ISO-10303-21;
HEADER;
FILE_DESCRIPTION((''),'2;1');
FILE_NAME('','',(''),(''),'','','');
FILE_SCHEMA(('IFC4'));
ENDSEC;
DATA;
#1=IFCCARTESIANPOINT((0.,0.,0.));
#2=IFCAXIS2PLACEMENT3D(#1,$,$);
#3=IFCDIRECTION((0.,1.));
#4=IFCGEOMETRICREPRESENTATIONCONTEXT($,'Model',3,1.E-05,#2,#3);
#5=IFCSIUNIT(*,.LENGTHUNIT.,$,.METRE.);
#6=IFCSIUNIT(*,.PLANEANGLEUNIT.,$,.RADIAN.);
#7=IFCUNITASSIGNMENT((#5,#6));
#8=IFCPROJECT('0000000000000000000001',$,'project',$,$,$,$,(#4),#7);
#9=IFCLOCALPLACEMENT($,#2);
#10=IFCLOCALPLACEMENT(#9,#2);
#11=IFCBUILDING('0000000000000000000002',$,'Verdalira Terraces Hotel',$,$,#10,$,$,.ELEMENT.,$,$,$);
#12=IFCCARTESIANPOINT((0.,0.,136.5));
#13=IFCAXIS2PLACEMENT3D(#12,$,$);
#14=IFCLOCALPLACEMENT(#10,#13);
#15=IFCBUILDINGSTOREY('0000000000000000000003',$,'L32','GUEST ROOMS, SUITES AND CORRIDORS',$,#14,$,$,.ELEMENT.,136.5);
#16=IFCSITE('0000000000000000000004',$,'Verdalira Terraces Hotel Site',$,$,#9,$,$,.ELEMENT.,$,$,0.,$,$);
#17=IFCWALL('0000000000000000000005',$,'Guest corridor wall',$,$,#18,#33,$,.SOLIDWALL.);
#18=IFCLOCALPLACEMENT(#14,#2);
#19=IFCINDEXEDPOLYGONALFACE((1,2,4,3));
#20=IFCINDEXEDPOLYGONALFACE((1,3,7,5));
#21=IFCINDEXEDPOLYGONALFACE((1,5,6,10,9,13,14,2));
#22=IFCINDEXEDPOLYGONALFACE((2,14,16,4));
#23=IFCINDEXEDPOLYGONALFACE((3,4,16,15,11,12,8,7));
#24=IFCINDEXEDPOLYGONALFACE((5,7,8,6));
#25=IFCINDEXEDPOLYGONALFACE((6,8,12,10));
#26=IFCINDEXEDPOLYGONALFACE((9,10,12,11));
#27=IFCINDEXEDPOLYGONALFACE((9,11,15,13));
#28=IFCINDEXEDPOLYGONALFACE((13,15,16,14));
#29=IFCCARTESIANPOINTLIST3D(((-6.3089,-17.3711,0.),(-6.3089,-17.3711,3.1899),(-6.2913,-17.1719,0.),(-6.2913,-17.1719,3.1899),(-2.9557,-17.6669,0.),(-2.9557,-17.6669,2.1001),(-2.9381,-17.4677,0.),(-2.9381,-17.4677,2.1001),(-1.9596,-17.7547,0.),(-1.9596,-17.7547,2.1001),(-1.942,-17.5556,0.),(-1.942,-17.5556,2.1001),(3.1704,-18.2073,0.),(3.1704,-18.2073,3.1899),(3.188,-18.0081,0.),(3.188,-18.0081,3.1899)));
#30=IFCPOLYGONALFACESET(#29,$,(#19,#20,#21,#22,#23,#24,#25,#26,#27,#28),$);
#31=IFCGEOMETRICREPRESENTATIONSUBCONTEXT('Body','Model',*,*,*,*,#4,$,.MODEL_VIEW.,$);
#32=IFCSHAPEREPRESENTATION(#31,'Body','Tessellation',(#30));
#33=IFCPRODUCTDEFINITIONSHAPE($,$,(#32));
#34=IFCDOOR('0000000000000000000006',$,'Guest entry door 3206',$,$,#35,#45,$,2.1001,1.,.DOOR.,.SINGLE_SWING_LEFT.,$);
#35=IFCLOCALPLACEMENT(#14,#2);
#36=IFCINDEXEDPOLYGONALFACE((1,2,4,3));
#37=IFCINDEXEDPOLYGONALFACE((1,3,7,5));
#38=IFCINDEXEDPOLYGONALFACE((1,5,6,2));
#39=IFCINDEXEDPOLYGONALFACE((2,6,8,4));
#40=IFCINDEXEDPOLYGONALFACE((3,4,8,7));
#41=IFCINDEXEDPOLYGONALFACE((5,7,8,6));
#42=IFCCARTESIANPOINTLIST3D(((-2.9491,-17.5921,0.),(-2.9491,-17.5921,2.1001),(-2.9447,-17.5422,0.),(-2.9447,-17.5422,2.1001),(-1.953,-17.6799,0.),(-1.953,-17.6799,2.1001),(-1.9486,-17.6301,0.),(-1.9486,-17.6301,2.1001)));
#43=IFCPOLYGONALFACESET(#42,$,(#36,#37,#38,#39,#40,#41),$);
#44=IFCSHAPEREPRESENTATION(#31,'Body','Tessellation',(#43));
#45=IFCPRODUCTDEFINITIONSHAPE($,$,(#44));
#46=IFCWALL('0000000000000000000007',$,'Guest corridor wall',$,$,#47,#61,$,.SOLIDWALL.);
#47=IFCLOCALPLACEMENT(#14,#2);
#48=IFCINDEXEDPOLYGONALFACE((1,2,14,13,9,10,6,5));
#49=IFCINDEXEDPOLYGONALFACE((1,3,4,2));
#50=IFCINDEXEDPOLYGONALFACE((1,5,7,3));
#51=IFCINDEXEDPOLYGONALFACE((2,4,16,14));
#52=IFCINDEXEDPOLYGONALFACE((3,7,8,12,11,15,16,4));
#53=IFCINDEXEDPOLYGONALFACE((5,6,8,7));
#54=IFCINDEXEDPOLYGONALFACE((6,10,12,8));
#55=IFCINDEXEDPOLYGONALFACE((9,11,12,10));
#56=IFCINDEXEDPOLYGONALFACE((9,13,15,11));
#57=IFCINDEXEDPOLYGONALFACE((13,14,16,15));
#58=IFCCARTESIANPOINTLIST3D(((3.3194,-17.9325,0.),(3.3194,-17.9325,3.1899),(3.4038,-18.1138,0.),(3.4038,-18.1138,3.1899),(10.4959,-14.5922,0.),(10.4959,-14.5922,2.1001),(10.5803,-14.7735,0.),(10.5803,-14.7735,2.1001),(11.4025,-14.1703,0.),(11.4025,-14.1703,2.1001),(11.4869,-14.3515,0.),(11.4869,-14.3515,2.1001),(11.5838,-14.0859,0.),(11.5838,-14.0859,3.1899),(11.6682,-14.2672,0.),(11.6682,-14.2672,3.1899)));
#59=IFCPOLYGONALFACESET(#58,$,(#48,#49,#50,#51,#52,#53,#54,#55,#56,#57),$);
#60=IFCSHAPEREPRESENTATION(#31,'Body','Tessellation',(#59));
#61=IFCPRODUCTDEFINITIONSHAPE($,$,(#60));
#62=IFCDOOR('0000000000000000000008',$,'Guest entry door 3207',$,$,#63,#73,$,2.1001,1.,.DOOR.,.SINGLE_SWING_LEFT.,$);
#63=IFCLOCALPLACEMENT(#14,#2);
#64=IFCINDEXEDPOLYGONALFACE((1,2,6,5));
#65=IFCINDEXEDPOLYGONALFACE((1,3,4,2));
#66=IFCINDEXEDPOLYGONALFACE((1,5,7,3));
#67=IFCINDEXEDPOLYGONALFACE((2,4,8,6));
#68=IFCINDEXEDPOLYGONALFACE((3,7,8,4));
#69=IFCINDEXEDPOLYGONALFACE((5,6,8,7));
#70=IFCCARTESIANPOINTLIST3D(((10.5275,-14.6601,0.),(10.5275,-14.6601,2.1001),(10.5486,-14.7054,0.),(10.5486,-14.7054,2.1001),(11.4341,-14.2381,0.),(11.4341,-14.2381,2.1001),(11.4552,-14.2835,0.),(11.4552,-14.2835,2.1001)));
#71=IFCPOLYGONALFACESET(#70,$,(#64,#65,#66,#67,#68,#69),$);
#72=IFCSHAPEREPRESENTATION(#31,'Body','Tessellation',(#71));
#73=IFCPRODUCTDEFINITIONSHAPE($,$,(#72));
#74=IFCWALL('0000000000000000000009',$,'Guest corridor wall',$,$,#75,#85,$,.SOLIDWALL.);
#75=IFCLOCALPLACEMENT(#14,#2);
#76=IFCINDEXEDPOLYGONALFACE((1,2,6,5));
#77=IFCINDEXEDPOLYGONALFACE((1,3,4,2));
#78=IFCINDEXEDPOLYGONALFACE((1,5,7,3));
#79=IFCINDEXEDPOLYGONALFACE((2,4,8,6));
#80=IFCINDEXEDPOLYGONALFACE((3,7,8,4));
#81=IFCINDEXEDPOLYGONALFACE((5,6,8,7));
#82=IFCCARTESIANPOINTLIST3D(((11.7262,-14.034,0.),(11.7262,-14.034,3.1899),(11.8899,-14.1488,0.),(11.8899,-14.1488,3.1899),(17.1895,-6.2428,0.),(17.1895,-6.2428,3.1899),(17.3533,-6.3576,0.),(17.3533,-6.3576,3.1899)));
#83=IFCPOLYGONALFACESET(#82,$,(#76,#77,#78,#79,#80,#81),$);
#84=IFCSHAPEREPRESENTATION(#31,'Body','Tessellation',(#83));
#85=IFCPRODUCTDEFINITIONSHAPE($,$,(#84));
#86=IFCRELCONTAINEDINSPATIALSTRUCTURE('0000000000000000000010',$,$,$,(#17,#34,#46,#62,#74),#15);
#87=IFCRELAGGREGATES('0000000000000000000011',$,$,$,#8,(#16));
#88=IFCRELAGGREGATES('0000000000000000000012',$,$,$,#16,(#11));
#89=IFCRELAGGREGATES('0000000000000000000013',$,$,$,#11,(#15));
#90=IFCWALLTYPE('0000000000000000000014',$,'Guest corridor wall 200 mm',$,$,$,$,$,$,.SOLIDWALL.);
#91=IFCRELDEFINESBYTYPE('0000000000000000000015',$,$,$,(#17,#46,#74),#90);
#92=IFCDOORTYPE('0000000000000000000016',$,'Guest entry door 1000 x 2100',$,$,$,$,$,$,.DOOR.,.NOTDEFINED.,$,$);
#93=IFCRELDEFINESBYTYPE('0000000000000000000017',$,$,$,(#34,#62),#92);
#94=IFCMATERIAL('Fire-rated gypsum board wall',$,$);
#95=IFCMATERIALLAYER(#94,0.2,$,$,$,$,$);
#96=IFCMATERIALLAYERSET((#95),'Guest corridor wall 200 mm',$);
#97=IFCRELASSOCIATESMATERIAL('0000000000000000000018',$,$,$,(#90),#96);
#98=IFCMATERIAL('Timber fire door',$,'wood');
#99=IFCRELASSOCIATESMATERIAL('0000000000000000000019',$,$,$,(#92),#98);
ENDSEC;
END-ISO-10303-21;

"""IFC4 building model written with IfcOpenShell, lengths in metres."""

from ifc_helpers import new_model, si_unit, direction, frame, frame_2d, origin, place, context, subcontext, project, spatial, rectangle, extrude, material, layer, layer_set, type_object, element, fill, save


model = new_model("IFC4")

# Units and contexts
model_context = context("Model", 3, precision=1e-05, world=origin(), true_north=direction((0.0, 1.0)))
body_context = subcontext(model_context, "Body", "Model", "MODEL_VIEW")
ifc_project = project(units=[si_unit("LENGTHUNIT", "METRE"), si_unit("PLANEANGLEUNIT", "RADIAN")], contexts=[model_context])

# Site, building, storey
site_placement = place(None, origin())
site = spatial("IfcSite", under=ifc_project, at=site_placement, Name="Verdalira Terraces Hotel Site", CompositionType="ELEMENT", RefElevation=0.0)
building_placement = place(site_placement, origin())
building = spatial("IfcBuilding", under=site, at=building_placement, Name="Verdalira Terraces Hotel", CompositionType="ELEMENT")
storey_placement = place(building_placement, frame((0.0, 0.0, 136.5)))
storey = spatial("IfcBuildingStorey", under=building, at=storey_placement, Name="L32", Description="GUEST ROOMS, SUITES AND CORRIDORS", CompositionType="ELEMENT", Elevation=136.5)

# Walls, openings, doors
ifc_material_1 = material(Name="Fire-rated gypsum board wall")
ifc_layer_1 = layer(ifc_material_1, 0.2)
ifc_layer_set_1 = layer_set([ifc_layer_1], Name="Guest corridor wall 200 mm")
wall_type_1 = type_object("IfcWallType", Name="Guest corridor wall 200 mm", PredefinedType="SOLIDWALL", material=ifc_layer_set_1)
wall_1_placement = place(storey_placement, frame((3.1792, -18.1077, 0.0), z_axis=(0.0, 0.0, 1.0), x_axis=(-0.996132, 0.087871, 0.0)))
wall_1 = element("IfcWall", 1, at=wall_1_placement, inside=storey, type_object=wall_type_1, Name="Guest corridor wall", PredefinedType="SOLIDWALL", context=body_context, shape_type="SweptSolid", body=[
    extrude(rectangle(XDim=9.5161, YDim=0.2, at=frame_2d((4.7581, 0.0))), origin(), (0.0, 0.0, 1.0), 3.1899),
])
opening_1_placement = place(wall_1_placement, frame((5.1499, 0.0, 0.0)))
opening_1 = element("IfcOpeningElement", 2, at=opening_1_placement, cuts=wall_1, PredefinedType="OPENING", context=body_context, shape_type="SweptSolid", body=[
    extrude(rectangle(XDim=1.0, YDim=2.1001, at=frame_2d((0.5, 1.05))), frame((0.0, 0.1099, 0.0), z_axis=(0.0, -1.0, 0.0), x_axis=(1.0, 0.0, 0.0)), (0.0, 0.0, 1.0), 0.22),
])
ifc_material_2 = material(Name="Timber fire door", Category="wood")
door_type_1 = type_object("IfcDoorType", Name="Guest entry door 1000 x 2100", OperationType="NOTDEFINED", PredefinedType="DOOR", material=ifc_material_2)
door_1_placement = place(opening_1_placement, origin())
door_1 = element("IfcDoor", 3, at=door_1_placement, inside=storey, type_object=door_type_1, Name="Guest entry door 3206", OperationType="SINGLE_SWING_LEFT", OverallHeight=2.1001, OverallWidth=1.0, PredefinedType="DOOR", context=body_context, shape_type="SweptSolid", body=[
    extrude(rectangle(XDim=1.0, YDim=2.1001, at=frame_2d((0.5, 1.05))), frame((0.0, 0.0249, 0.0), z_axis=(0.0, -1.0, 0.0), x_axis=(1.0, 0.0, 0.0)), (0.0, 0.0, 1.0), 0.05),
])
fill(opening_1, door_1)
wall_2_placement = place(storey_placement, frame((11.626, -14.1765, 0.0), z_axis=(0.0, 0.0, 1.0), x_axis=(-0.906605, -0.421981, 0.0)))
wall_2 = element("IfcWall", 4, at=wall_2_placement, inside=storey, type_object=wall_type_1, Name="Guest corridor wall", PredefinedType="SOLIDWALL", context=body_context, shape_type="SweptSolid", body=[
    extrude(rectangle(XDim=9.1157, YDim=0.2, at=frame_2d((4.5579, 0.0))), origin(), (0.0, 0.0, 1.0), 3.1899),
])
opening_2_placement = place(wall_2_placement, frame((0.2, 0.0, 0.0)))
opening_2 = element("IfcOpeningElement", 5, at=opening_2_placement, cuts=wall_2, PredefinedType="OPENING", context=body_context, shape_type="SweptSolid", body=[
    extrude(rectangle(XDim=1.0, YDim=2.1001, at=frame_2d((0.5, 1.05))), frame((0.0, 0.1099, 0.0), z_axis=(0.0, -1.0, 0.0), x_axis=(1.0, 0.0, 0.0)), (0.0, 0.0, 1.0), 0.22),
])
door_2_placement = place(opening_2_placement, origin())
door_2 = element("IfcDoor", 6, at=door_2_placement, inside=storey, type_object=door_type_1, Name="Guest entry door 3207", OperationType="SINGLE_SWING_LEFT", OverallHeight=2.1001, OverallWidth=1.0, PredefinedType="DOOR", context=body_context, shape_type="SweptSolid", body=[
    extrude(rectangle(XDim=1.0, YDim=2.1001, at=frame_2d((0.5, 1.05))), frame((0.0, 0.0249, 0.0), z_axis=(0.0, -1.0, 0.0), x_axis=(1.0, 0.0, 0.0)), (0.0, 0.0, 1.0), 0.05),
])
fill(opening_2, door_2)

# Wall
wall_3_placement = place(storey_placement, frame((11.8081, -14.0913, 0.0), z_axis=(0.0, 0.0, 1.0), x_axis=(0.574132, 0.818763, 0.0)))
element("IfcWall", 7, at=wall_3_placement, inside=storey, type_object=wall_type_1, Name="Guest corridor wall", PredefinedType="SOLIDWALL", context=body_context, shape_type="SweptSolid", body=[
    extrude(rectangle(XDim=9.5159, YDim=0.2, at=frame_2d((4.7578, 0.0))), origin(), (0.0, 0.0, 1.0), 3.1899),
])

save(model, "model.ifc")
